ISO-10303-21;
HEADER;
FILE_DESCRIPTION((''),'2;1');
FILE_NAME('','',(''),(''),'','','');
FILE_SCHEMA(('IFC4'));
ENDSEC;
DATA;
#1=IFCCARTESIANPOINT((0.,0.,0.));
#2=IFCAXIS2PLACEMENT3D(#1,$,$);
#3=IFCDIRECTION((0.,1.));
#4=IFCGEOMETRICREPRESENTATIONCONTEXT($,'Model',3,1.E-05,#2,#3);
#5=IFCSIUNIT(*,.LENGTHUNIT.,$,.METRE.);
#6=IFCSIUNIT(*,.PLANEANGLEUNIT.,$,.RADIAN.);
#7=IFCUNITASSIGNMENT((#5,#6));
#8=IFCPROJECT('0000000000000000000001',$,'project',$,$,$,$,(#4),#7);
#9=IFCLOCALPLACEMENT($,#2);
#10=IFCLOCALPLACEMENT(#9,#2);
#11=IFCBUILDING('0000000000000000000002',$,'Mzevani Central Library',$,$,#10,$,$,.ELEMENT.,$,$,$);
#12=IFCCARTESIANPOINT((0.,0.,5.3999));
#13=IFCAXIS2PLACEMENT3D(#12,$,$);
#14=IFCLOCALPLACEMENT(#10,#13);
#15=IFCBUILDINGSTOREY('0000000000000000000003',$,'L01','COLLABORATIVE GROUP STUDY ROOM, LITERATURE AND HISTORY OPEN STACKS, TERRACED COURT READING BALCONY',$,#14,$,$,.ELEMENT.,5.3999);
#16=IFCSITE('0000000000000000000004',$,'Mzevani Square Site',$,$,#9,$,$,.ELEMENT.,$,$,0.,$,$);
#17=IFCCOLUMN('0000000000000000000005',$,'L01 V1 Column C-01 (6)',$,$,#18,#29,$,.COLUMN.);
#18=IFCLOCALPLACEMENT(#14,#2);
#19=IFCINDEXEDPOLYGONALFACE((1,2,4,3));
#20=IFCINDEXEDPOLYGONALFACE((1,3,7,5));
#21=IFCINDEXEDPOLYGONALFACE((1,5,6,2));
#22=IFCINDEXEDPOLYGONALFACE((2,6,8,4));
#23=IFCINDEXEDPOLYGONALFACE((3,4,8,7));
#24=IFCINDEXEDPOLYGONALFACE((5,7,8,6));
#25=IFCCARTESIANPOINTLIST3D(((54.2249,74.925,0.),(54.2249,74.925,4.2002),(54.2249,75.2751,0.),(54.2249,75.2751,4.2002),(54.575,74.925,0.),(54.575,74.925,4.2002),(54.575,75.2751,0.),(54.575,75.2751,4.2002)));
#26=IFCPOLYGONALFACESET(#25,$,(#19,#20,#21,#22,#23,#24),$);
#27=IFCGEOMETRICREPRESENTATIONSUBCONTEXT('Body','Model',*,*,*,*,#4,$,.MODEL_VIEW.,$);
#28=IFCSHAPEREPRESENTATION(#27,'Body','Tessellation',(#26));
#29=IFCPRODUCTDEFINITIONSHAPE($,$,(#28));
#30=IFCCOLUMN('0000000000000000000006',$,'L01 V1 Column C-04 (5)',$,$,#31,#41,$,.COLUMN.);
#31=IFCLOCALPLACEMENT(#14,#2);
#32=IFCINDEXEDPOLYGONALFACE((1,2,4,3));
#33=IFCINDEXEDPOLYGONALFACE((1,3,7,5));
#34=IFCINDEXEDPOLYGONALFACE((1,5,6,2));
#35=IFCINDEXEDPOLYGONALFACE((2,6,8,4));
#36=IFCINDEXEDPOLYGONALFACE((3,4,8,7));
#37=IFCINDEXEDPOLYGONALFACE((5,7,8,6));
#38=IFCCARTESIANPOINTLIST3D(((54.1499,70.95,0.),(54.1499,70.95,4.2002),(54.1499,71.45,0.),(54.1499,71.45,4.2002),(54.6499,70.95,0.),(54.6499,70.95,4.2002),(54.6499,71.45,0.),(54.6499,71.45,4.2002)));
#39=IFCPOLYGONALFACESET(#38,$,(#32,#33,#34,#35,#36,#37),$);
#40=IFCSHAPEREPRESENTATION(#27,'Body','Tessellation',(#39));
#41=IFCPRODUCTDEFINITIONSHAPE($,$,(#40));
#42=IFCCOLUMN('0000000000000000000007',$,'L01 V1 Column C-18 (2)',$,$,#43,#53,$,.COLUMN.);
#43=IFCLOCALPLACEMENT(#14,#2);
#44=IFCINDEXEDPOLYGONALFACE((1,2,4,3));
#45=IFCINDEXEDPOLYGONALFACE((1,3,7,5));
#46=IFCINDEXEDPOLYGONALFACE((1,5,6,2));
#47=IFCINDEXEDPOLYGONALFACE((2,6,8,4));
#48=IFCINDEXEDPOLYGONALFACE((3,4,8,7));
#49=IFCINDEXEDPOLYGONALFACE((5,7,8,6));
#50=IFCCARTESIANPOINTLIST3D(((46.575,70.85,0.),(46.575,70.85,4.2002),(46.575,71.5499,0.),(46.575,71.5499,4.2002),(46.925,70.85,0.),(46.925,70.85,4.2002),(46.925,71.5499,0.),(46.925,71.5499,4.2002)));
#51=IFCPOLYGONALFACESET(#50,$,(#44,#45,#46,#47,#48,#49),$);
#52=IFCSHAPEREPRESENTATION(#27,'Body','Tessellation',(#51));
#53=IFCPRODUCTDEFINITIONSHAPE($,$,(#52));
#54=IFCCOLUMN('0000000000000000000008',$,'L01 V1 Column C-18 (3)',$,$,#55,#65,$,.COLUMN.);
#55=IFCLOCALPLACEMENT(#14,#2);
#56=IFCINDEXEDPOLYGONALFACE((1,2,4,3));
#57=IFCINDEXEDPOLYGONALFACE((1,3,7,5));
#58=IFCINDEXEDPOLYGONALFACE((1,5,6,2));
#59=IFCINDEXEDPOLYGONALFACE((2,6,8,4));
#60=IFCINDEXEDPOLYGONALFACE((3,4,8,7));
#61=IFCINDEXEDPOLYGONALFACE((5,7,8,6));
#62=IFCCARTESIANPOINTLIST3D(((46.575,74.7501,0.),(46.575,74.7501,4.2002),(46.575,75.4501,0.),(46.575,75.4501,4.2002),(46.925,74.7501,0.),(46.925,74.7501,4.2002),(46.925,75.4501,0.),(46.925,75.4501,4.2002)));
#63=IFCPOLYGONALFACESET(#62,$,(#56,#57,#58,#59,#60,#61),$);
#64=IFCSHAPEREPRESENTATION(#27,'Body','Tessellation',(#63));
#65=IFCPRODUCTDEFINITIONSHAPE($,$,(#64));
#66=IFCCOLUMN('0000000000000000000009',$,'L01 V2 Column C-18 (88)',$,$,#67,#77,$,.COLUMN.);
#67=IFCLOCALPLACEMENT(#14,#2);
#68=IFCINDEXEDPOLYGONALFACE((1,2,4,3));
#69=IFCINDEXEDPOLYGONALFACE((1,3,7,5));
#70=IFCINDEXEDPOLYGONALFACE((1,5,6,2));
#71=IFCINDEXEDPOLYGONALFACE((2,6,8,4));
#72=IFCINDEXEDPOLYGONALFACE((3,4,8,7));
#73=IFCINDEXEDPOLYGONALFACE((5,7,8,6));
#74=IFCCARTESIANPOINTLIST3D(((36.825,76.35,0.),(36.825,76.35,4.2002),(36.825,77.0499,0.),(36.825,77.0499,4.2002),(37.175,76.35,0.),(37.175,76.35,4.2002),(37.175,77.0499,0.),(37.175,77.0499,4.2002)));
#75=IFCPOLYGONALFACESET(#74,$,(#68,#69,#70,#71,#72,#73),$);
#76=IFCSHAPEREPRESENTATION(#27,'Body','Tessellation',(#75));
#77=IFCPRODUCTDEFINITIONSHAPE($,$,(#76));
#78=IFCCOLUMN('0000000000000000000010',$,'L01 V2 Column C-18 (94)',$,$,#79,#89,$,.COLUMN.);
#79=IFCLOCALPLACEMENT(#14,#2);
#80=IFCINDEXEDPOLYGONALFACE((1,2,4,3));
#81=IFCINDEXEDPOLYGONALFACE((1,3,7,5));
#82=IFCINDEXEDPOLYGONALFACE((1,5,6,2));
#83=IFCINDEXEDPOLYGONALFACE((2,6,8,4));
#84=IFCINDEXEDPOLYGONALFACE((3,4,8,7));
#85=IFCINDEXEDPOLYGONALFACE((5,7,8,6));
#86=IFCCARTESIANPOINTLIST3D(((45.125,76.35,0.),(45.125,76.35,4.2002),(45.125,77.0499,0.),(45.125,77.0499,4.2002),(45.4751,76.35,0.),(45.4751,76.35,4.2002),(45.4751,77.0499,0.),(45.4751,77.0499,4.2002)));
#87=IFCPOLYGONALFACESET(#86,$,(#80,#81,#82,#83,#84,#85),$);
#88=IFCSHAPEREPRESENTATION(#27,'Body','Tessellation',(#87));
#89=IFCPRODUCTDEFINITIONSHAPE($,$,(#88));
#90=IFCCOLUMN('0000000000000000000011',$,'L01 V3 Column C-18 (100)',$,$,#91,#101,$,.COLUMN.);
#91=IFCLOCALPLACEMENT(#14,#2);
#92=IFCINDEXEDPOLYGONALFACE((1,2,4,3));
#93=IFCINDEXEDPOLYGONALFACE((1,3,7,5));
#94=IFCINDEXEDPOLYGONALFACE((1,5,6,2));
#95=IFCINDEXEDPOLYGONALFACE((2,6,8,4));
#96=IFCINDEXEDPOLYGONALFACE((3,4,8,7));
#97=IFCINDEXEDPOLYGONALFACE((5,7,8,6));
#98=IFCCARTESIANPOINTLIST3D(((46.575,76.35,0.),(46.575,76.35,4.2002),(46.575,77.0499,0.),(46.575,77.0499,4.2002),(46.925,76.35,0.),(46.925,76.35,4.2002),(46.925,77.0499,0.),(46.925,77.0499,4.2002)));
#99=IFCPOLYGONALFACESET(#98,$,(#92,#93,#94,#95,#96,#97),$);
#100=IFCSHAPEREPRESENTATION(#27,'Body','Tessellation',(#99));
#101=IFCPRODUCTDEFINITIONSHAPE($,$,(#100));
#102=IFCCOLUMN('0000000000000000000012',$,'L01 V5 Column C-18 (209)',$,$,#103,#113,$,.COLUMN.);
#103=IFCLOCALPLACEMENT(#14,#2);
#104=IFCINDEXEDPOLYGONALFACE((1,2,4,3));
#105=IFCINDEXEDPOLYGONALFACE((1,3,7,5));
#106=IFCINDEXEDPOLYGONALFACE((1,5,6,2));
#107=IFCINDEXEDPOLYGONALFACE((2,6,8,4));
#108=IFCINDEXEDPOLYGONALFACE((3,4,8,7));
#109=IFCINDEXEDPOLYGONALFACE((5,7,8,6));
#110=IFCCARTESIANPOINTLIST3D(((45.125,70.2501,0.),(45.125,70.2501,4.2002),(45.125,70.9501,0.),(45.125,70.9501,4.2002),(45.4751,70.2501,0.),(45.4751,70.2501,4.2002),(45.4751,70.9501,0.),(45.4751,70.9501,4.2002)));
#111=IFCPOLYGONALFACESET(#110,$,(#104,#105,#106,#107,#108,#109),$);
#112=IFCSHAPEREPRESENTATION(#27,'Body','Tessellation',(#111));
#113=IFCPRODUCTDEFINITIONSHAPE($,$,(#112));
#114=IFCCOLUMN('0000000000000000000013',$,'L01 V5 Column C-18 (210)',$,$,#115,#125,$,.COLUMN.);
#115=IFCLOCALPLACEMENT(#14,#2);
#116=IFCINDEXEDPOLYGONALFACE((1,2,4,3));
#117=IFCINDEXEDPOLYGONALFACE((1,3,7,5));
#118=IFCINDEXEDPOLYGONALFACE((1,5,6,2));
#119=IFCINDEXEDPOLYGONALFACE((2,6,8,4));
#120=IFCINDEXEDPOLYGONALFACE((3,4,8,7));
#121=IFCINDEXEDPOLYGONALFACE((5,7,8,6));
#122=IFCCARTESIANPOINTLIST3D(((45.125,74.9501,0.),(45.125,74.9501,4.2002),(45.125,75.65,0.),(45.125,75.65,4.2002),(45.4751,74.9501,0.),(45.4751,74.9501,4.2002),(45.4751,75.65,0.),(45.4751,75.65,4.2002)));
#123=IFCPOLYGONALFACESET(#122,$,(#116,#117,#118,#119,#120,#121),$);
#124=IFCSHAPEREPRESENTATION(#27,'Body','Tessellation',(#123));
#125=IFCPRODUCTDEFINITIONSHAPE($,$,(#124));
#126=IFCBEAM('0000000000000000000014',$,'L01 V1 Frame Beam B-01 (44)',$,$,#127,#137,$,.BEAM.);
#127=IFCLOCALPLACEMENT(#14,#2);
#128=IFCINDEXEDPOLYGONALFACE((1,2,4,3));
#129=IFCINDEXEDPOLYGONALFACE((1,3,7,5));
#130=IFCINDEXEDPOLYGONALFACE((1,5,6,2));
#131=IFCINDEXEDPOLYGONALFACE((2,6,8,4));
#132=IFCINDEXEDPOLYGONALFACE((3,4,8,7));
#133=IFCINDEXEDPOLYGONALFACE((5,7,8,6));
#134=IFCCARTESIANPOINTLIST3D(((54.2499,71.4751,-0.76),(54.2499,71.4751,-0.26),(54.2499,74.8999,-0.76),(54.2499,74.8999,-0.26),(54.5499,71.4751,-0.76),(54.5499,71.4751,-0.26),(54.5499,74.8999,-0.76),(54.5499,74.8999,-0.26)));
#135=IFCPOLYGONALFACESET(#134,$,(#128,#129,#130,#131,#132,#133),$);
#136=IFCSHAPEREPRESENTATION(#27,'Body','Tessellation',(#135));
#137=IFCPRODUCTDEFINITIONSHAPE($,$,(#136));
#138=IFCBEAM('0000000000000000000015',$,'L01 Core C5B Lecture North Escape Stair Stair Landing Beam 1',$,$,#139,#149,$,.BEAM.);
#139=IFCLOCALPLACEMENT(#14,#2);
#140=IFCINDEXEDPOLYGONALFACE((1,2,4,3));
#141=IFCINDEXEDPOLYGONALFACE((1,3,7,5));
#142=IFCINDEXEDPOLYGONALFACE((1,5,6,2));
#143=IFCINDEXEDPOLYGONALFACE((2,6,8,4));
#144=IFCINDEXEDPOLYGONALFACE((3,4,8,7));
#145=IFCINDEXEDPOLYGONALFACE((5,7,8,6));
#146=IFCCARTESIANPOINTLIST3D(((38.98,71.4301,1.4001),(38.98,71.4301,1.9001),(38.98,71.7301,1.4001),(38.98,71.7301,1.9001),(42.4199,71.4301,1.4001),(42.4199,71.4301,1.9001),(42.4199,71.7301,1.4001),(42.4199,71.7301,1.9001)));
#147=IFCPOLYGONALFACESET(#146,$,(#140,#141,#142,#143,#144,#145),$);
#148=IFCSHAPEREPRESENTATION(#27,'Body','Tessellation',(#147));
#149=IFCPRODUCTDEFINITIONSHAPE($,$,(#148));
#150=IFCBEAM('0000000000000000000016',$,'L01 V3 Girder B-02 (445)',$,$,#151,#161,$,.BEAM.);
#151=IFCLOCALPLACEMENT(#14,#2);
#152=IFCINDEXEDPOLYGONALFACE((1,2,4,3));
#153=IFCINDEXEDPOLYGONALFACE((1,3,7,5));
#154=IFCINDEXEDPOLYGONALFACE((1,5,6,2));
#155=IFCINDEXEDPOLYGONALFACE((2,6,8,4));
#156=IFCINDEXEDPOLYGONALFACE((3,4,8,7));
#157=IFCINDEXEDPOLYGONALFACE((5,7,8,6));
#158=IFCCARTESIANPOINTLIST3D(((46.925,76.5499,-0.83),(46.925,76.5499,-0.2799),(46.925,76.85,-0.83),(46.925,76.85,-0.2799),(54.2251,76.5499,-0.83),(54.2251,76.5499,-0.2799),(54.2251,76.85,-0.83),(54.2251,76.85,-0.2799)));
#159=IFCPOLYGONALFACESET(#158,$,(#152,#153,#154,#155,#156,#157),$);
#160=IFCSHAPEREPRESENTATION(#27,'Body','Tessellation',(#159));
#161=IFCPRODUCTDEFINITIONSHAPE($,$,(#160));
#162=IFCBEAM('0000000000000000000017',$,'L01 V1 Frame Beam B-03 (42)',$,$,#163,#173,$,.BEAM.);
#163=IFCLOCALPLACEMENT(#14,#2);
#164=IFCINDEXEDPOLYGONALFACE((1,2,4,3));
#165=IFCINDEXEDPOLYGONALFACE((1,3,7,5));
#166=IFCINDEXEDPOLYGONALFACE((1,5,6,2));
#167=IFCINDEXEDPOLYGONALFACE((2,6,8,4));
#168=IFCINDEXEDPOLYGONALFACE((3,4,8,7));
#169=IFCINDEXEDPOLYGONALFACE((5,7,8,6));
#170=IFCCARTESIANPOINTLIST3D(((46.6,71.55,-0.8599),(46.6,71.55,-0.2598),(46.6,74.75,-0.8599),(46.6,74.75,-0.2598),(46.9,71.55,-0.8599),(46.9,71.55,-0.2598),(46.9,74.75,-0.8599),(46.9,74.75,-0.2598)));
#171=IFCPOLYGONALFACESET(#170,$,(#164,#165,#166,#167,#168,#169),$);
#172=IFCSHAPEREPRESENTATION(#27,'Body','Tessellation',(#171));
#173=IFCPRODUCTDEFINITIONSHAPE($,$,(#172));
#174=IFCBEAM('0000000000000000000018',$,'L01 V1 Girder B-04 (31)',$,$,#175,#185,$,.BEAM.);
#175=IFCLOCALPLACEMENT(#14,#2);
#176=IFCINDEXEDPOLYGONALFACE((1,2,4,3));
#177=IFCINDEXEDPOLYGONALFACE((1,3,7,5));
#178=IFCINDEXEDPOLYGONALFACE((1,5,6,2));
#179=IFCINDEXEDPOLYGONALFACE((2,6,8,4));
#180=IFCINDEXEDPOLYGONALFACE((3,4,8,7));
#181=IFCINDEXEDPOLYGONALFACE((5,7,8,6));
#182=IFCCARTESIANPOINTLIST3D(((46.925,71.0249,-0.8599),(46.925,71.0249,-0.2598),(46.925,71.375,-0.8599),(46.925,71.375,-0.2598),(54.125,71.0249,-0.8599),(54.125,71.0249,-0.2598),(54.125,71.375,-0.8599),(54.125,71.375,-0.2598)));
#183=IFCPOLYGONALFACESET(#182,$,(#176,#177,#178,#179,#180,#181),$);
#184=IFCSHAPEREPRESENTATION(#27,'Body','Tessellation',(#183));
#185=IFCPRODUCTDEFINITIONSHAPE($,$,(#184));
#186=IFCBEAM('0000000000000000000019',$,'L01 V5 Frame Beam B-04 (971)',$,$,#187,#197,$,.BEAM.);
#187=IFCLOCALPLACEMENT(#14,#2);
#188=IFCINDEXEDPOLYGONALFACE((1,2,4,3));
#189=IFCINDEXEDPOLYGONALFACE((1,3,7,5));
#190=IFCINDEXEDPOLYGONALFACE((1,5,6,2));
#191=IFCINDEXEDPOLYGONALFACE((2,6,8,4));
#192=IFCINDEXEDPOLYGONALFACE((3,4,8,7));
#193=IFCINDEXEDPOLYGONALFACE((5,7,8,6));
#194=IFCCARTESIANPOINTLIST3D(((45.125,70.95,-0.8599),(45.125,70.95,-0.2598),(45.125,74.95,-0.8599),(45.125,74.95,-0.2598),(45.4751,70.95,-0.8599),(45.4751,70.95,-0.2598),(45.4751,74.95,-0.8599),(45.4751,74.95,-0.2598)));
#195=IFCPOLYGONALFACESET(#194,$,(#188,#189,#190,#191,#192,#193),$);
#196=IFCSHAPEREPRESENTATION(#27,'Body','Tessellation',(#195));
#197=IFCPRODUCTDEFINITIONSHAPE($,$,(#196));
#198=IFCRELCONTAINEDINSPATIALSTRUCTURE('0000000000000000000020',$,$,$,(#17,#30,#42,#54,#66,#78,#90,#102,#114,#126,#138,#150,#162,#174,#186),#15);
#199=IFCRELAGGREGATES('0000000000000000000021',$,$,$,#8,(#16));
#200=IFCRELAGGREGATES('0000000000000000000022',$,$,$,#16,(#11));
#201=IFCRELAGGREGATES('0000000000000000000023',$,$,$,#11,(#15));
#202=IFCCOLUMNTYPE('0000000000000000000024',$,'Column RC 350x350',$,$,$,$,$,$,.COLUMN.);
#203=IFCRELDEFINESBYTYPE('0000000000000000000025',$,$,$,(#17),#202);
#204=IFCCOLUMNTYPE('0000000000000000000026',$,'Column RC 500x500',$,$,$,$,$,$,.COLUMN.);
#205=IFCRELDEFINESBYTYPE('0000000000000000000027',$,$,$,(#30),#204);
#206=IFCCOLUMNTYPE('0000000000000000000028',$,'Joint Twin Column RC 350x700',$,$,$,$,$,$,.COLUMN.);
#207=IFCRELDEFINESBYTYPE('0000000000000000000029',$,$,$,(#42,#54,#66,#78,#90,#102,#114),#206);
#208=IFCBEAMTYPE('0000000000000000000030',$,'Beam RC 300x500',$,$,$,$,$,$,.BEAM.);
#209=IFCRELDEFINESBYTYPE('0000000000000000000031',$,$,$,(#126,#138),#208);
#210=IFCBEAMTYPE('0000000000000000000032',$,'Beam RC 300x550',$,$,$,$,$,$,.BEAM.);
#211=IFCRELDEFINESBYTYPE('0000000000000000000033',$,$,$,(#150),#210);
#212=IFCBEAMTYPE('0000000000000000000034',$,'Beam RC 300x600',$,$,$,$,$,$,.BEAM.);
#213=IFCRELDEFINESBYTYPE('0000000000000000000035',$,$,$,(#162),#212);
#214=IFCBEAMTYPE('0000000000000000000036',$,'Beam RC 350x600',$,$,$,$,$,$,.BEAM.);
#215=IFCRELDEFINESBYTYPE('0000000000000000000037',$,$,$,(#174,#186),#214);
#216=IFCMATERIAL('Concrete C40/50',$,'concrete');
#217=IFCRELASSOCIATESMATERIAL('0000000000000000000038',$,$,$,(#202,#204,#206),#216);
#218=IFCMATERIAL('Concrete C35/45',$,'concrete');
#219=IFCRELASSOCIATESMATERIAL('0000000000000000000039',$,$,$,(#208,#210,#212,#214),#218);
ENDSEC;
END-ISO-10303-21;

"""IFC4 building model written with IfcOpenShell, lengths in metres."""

from ifc_helpers import new_model, si_unit, direction, frame, origin, origin_2d, place, context, subcontext, project, spatial, rectangle, extrude, material, material_profile, profile_set, type_object, element, save


model = new_model("IFC4")

# Units and contexts
model_context = context("Model", 3, precision=1e-05, world=origin(), true_north=direction((0.0, 1.0)))
body_context = subcontext(model_context, "Body", "Model", "MODEL_VIEW")
ifc_project = project(units=[si_unit("LENGTHUNIT", "METRE"), si_unit("PLANEANGLEUNIT", "RADIAN")], contexts=[model_context])

# Site, building, storey
site_placement = place(None, origin())
site = spatial("IfcSite", under=ifc_project, at=site_placement, Name="Mzevani Square Site", CompositionType="ELEMENT", RefElevation=0.0)
building_placement = place(site_placement, origin())
building = spatial("IfcBuilding", under=site, at=building_placement, Name="Mzevani Central Library", CompositionType="ELEMENT")
storey_placement = place(building_placement, frame((0.0, 0.0, 5.3999)))
storey = spatial("IfcBuildingStorey", under=building, at=storey_placement, Name="L01", Description="COLLABORATIVE GROUP STUDY ROOM, LITERATURE AND HISTORY OPEN STACKS, TERRACED COURT READING BALCONY", CompositionType="ELEMENT", Elevation=5.3999)

# Columns
ifc_material_1 = material(Name="Concrete C40/50", Category="concrete")
ifc_material_profile_1 = material_profile(ifc_material_1, rectangle(XDim=0.3501, YDim=0.3501, at=origin_2d()), Name="RC 350x350")
ifc_profile_set_1 = profile_set([ifc_material_profile_1], Name="Concrete C40/50")
column_type_1 = type_object("IfcColumnType", Name="Column RC 350x350", PredefinedType="COLUMN", material=ifc_profile_set_1)
column_1_placement = place(storey_placement, frame((54.3999, 75.1001, 0.0), z_axis=(0.0, 0.0, 1.0), x_axis=(1.0, 0.0, 0.0)))
element("IfcColumn", 1, at=column_1_placement, inside=storey, type_object=column_type_1, Name="L01 V1 Column C-01 (6)", PredefinedType="COLUMN", context=body_context, shape_type="SweptSolid", body=[
    extrude(rectangle(XDim=0.3501, YDim=0.3501, at=origin_2d()), origin(), (0.0, 0.0, 1.0), 4.2002),
])
ifc_material_profile_2 = material_profile(ifc_material_1, rectangle(XDim=0.5, YDim=0.5, at=origin_2d()), Name="RC 500x500")
ifc_profile_set_2 = profile_set([ifc_material_profile_2], Name="Concrete C40/50")
column_type_2 = type_object("IfcColumnType", Name="Column RC 500x500", PredefinedType="COLUMN", material=ifc_profile_set_2)
column_2_placement = place(storey_placement, frame((54.3999, 71.2, 0.0), z_axis=(0.0, 0.0, 1.0), x_axis=(1.0, 0.0, 0.0)))
element("IfcColumn", 2, at=column_2_placement, inside=storey, type_object=column_type_2, Name="L01 V1 Column C-04 (5)", PredefinedType="COLUMN", context=body_context, shape_type="SweptSolid", body=[
    extrude(rectangle(XDim=0.5, YDim=0.5, at=origin_2d()), origin(), (0.0, 0.0, 1.0), 4.2002),
])
ifc_material_profile_3 = material_profile(ifc_material_1, rectangle(XDim=0.3501, YDim=0.7, at=origin_2d()), Name="RC 350x700")
ifc_profile_set_3 = profile_set([ifc_material_profile_3], Name="Concrete C40/50")
column_type_3 = type_object("IfcColumnType", Name="Joint Twin Column RC 350x700", PredefinedType="COLUMN", material=ifc_profile_set_3)
for number, where, z_axis, x_axis, name in (
    (3, (46.75, 71.2, 0.0), (0.0, 0.0, 1.0), (1.0, 0.0, 0.0), "L01 V1 Column C-18 (2)"),
    (4, (46.75, 75.1001, 0.0), (0.0, 0.0, 1.0), (1.0, 0.0, 0.0), "L01 V1 Column C-18 (3)"),
    (5, (37.0, 76.7, 0.0), (0.0, 0.0, 1.0), (1.0, 0.0, 0.0), "L01 V2 Column C-18 (88)"),
    (6, (45.3, 76.7, 0.0), (0.0, 0.0, 1.0), (1.0, 0.0, 0.0), "L01 V2 Column C-18 (94)"),
    (7, (46.75, 76.7, 0.0), (0.0, 0.0, 1.0), (1.0, 0.0, 0.0), "L01 V3 Column C-18 (100)"),
    (8, (45.3, 70.6001, 0.0), (0.0, 0.0, 1.0), (1.0, 0.0, 0.0), "L01 V5 Column C-18 (209)"),
    (9, (45.3, 75.3, 0.0), (0.0, 0.0, 1.0), (1.0, 0.0, 0.0), "L01 V5 Column C-18 (210)"),
):
    element("IfcColumn", number, at=place(storey_placement, frame(where, z_axis=z_axis, x_axis=x_axis)), inside=storey, type_object=column_type_3, Name=name, PredefinedType="COLUMN", context=body_context, shape_type="SweptSolid", body=[
        extrude(rectangle(XDim=0.3501, YDim=0.7, at=origin_2d()), origin(), (0.0, 0.0, 1.0), 4.2002),
    ])

# Beams
ifc_material_2 = material(Name="Concrete C35/45", Category="concrete")
ifc_material_profile_4 = material_profile(ifc_material_2, rectangle(XDim=0.3, YDim=0.5, at=origin_2d()), Name="RC B300x500")
ifc_profile_set_4 = profile_set([ifc_material_profile_4], Name="Concrete C35/45")
beam_type_1 = type_object("IfcBeamType", Name="Beam RC 300x500", PredefinedType="BEAM", material=ifc_profile_set_4)
beam_1_placement = place(storey_placement, frame((54.3999, 71.4751, -0.51), z_axis=(0.0, 1.0, 0.0), x_axis=(-1.0, 0.0, 0.0)))
element("IfcBeam", 10, at=beam_1_placement, inside=storey, type_object=beam_type_1, Name="L01 V1 Frame Beam B-01 (44)", PredefinedType="BEAM", context=body_context, shape_type="SweptSolid", body=[
    extrude(rectangle(XDim=0.3, YDim=0.5, at=origin_2d()), origin(), (0.0, 0.0, 1.0), 3.4248),
])
beam_2_placement = place(storey_placement, frame((38.98, 71.5801, 1.6501), z_axis=(1.0, 0.0, 0.0), x_axis=(0.0, 1.0, 0.0)))
element("IfcBeam", 11, at=beam_2_placement, inside=storey, type_object=beam_type_1, Name="L01 Core C5B Lecture North Escape Stair Stair Landing Beam 1", PredefinedType="BEAM", context=body_context, shape_type="SweptSolid", body=[
    extrude(rectangle(XDim=0.3, YDim=0.5, at=origin_2d()), origin(), (0.0, 0.0, 1.0), 3.4399),
])
ifc_material_profile_5 = material_profile(ifc_material_2, rectangle(XDim=0.3, YDim=0.55, at=origin_2d()), Name="RC B300x550")
ifc_profile_set_5 = profile_set([ifc_material_profile_5], Name="Concrete C35/45")
beam_type_2 = type_object("IfcBeamType", Name="Beam RC 300x550", PredefinedType="BEAM", material=ifc_profile_set_5)
beam_3_placement = place(storey_placement, frame((46.925, 76.7, -0.5549), z_axis=(1.0, 0.0, 0.0), x_axis=(0.0, 1.0, 0.0)))
element("IfcBeam", 12, at=beam_3_placement, inside=storey, type_object=beam_type_2, Name="L01 V3 Girder B-02 (445)", PredefinedType="BEAM", context=body_context, shape_type="SweptSolid", body=[
    extrude(rectangle(XDim=0.3, YDim=0.55, at=origin_2d()), origin(), (0.0, 0.0, 1.0), 7.3),
])
ifc_material_profile_6 = material_profile(ifc_material_2, rectangle(XDim=0.3, YDim=0.6001, at=origin_2d()), Name="RC B300x600")
ifc_profile_set_6 = profile_set([ifc_material_profile_6], Name="Concrete C35/45")
beam_type_3 = type_object("IfcBeamType", Name="Beam RC 300x600", PredefinedType="BEAM", material=ifc_profile_set_6)
beam_4_placement = place(storey_placement, frame((46.75, 71.55, -0.5598), z_axis=(0.0, 1.0, 0.0), x_axis=(-1.0, 0.0, 0.0)))
element("IfcBeam", 13, at=beam_4_placement, inside=storey, type_object=beam_type_3, Name="L01 V1 Frame Beam B-03 (42)", PredefinedType="BEAM", context=body_context, shape_type="SweptSolid", body=[
    extrude(rectangle(XDim=0.3, YDim=0.6001, at=origin_2d()), origin(), (0.0, 0.0, 1.0), 3.2),
])
ifc_material_profile_7 = material_profile(ifc_material_2, rectangle(XDim=0.3501, YDim=0.6001, at=origin_2d()), Name="RC B350x600")
ifc_profile_set_7 = profile_set([ifc_material_profile_7], Name="Concrete C35/45")
beam_type_4 = type_object("IfcBeamType", Name="Beam RC 350x600", PredefinedType="BEAM", material=ifc_profile_set_7)
beam_5_placement = place(storey_placement, frame((46.925, 71.2, -0.5598), z_axis=(1.0, 0.0, 0.0), x_axis=(0.0, 1.0, 0.0)))
element("IfcBeam", 14, at=beam_5_placement, inside=storey, type_object=beam_type_4, Name="L01 V1 Girder B-04 (31)", PredefinedType="BEAM", context=body_context, shape_type="SweptSolid", body=[
    extrude(rectangle(XDim=0.3501, YDim=0.6001, at=origin_2d()), origin(), (0.0, 0.0, 1.0), 7.2),
])
beam_6_placement = place(storey_placement, frame((45.3, 70.95, -0.5598), z_axis=(0.0, 1.0, 0.0), x_axis=(-1.0, 0.0, 0.0)))
element("IfcBeam", 15, at=beam_6_placement, inside=storey, type_object=beam_type_4, Name="L01 V5 Frame Beam B-04 (971)", PredefinedType="BEAM", context=body_context, shape_type="SweptSolid", body=[
    extrude(rectangle(XDim=0.3501, YDim=0.6001, at=origin_2d()), origin(), (0.0, 0.0, 1.0), 4.0),
])

save(model, "model.ifc")
